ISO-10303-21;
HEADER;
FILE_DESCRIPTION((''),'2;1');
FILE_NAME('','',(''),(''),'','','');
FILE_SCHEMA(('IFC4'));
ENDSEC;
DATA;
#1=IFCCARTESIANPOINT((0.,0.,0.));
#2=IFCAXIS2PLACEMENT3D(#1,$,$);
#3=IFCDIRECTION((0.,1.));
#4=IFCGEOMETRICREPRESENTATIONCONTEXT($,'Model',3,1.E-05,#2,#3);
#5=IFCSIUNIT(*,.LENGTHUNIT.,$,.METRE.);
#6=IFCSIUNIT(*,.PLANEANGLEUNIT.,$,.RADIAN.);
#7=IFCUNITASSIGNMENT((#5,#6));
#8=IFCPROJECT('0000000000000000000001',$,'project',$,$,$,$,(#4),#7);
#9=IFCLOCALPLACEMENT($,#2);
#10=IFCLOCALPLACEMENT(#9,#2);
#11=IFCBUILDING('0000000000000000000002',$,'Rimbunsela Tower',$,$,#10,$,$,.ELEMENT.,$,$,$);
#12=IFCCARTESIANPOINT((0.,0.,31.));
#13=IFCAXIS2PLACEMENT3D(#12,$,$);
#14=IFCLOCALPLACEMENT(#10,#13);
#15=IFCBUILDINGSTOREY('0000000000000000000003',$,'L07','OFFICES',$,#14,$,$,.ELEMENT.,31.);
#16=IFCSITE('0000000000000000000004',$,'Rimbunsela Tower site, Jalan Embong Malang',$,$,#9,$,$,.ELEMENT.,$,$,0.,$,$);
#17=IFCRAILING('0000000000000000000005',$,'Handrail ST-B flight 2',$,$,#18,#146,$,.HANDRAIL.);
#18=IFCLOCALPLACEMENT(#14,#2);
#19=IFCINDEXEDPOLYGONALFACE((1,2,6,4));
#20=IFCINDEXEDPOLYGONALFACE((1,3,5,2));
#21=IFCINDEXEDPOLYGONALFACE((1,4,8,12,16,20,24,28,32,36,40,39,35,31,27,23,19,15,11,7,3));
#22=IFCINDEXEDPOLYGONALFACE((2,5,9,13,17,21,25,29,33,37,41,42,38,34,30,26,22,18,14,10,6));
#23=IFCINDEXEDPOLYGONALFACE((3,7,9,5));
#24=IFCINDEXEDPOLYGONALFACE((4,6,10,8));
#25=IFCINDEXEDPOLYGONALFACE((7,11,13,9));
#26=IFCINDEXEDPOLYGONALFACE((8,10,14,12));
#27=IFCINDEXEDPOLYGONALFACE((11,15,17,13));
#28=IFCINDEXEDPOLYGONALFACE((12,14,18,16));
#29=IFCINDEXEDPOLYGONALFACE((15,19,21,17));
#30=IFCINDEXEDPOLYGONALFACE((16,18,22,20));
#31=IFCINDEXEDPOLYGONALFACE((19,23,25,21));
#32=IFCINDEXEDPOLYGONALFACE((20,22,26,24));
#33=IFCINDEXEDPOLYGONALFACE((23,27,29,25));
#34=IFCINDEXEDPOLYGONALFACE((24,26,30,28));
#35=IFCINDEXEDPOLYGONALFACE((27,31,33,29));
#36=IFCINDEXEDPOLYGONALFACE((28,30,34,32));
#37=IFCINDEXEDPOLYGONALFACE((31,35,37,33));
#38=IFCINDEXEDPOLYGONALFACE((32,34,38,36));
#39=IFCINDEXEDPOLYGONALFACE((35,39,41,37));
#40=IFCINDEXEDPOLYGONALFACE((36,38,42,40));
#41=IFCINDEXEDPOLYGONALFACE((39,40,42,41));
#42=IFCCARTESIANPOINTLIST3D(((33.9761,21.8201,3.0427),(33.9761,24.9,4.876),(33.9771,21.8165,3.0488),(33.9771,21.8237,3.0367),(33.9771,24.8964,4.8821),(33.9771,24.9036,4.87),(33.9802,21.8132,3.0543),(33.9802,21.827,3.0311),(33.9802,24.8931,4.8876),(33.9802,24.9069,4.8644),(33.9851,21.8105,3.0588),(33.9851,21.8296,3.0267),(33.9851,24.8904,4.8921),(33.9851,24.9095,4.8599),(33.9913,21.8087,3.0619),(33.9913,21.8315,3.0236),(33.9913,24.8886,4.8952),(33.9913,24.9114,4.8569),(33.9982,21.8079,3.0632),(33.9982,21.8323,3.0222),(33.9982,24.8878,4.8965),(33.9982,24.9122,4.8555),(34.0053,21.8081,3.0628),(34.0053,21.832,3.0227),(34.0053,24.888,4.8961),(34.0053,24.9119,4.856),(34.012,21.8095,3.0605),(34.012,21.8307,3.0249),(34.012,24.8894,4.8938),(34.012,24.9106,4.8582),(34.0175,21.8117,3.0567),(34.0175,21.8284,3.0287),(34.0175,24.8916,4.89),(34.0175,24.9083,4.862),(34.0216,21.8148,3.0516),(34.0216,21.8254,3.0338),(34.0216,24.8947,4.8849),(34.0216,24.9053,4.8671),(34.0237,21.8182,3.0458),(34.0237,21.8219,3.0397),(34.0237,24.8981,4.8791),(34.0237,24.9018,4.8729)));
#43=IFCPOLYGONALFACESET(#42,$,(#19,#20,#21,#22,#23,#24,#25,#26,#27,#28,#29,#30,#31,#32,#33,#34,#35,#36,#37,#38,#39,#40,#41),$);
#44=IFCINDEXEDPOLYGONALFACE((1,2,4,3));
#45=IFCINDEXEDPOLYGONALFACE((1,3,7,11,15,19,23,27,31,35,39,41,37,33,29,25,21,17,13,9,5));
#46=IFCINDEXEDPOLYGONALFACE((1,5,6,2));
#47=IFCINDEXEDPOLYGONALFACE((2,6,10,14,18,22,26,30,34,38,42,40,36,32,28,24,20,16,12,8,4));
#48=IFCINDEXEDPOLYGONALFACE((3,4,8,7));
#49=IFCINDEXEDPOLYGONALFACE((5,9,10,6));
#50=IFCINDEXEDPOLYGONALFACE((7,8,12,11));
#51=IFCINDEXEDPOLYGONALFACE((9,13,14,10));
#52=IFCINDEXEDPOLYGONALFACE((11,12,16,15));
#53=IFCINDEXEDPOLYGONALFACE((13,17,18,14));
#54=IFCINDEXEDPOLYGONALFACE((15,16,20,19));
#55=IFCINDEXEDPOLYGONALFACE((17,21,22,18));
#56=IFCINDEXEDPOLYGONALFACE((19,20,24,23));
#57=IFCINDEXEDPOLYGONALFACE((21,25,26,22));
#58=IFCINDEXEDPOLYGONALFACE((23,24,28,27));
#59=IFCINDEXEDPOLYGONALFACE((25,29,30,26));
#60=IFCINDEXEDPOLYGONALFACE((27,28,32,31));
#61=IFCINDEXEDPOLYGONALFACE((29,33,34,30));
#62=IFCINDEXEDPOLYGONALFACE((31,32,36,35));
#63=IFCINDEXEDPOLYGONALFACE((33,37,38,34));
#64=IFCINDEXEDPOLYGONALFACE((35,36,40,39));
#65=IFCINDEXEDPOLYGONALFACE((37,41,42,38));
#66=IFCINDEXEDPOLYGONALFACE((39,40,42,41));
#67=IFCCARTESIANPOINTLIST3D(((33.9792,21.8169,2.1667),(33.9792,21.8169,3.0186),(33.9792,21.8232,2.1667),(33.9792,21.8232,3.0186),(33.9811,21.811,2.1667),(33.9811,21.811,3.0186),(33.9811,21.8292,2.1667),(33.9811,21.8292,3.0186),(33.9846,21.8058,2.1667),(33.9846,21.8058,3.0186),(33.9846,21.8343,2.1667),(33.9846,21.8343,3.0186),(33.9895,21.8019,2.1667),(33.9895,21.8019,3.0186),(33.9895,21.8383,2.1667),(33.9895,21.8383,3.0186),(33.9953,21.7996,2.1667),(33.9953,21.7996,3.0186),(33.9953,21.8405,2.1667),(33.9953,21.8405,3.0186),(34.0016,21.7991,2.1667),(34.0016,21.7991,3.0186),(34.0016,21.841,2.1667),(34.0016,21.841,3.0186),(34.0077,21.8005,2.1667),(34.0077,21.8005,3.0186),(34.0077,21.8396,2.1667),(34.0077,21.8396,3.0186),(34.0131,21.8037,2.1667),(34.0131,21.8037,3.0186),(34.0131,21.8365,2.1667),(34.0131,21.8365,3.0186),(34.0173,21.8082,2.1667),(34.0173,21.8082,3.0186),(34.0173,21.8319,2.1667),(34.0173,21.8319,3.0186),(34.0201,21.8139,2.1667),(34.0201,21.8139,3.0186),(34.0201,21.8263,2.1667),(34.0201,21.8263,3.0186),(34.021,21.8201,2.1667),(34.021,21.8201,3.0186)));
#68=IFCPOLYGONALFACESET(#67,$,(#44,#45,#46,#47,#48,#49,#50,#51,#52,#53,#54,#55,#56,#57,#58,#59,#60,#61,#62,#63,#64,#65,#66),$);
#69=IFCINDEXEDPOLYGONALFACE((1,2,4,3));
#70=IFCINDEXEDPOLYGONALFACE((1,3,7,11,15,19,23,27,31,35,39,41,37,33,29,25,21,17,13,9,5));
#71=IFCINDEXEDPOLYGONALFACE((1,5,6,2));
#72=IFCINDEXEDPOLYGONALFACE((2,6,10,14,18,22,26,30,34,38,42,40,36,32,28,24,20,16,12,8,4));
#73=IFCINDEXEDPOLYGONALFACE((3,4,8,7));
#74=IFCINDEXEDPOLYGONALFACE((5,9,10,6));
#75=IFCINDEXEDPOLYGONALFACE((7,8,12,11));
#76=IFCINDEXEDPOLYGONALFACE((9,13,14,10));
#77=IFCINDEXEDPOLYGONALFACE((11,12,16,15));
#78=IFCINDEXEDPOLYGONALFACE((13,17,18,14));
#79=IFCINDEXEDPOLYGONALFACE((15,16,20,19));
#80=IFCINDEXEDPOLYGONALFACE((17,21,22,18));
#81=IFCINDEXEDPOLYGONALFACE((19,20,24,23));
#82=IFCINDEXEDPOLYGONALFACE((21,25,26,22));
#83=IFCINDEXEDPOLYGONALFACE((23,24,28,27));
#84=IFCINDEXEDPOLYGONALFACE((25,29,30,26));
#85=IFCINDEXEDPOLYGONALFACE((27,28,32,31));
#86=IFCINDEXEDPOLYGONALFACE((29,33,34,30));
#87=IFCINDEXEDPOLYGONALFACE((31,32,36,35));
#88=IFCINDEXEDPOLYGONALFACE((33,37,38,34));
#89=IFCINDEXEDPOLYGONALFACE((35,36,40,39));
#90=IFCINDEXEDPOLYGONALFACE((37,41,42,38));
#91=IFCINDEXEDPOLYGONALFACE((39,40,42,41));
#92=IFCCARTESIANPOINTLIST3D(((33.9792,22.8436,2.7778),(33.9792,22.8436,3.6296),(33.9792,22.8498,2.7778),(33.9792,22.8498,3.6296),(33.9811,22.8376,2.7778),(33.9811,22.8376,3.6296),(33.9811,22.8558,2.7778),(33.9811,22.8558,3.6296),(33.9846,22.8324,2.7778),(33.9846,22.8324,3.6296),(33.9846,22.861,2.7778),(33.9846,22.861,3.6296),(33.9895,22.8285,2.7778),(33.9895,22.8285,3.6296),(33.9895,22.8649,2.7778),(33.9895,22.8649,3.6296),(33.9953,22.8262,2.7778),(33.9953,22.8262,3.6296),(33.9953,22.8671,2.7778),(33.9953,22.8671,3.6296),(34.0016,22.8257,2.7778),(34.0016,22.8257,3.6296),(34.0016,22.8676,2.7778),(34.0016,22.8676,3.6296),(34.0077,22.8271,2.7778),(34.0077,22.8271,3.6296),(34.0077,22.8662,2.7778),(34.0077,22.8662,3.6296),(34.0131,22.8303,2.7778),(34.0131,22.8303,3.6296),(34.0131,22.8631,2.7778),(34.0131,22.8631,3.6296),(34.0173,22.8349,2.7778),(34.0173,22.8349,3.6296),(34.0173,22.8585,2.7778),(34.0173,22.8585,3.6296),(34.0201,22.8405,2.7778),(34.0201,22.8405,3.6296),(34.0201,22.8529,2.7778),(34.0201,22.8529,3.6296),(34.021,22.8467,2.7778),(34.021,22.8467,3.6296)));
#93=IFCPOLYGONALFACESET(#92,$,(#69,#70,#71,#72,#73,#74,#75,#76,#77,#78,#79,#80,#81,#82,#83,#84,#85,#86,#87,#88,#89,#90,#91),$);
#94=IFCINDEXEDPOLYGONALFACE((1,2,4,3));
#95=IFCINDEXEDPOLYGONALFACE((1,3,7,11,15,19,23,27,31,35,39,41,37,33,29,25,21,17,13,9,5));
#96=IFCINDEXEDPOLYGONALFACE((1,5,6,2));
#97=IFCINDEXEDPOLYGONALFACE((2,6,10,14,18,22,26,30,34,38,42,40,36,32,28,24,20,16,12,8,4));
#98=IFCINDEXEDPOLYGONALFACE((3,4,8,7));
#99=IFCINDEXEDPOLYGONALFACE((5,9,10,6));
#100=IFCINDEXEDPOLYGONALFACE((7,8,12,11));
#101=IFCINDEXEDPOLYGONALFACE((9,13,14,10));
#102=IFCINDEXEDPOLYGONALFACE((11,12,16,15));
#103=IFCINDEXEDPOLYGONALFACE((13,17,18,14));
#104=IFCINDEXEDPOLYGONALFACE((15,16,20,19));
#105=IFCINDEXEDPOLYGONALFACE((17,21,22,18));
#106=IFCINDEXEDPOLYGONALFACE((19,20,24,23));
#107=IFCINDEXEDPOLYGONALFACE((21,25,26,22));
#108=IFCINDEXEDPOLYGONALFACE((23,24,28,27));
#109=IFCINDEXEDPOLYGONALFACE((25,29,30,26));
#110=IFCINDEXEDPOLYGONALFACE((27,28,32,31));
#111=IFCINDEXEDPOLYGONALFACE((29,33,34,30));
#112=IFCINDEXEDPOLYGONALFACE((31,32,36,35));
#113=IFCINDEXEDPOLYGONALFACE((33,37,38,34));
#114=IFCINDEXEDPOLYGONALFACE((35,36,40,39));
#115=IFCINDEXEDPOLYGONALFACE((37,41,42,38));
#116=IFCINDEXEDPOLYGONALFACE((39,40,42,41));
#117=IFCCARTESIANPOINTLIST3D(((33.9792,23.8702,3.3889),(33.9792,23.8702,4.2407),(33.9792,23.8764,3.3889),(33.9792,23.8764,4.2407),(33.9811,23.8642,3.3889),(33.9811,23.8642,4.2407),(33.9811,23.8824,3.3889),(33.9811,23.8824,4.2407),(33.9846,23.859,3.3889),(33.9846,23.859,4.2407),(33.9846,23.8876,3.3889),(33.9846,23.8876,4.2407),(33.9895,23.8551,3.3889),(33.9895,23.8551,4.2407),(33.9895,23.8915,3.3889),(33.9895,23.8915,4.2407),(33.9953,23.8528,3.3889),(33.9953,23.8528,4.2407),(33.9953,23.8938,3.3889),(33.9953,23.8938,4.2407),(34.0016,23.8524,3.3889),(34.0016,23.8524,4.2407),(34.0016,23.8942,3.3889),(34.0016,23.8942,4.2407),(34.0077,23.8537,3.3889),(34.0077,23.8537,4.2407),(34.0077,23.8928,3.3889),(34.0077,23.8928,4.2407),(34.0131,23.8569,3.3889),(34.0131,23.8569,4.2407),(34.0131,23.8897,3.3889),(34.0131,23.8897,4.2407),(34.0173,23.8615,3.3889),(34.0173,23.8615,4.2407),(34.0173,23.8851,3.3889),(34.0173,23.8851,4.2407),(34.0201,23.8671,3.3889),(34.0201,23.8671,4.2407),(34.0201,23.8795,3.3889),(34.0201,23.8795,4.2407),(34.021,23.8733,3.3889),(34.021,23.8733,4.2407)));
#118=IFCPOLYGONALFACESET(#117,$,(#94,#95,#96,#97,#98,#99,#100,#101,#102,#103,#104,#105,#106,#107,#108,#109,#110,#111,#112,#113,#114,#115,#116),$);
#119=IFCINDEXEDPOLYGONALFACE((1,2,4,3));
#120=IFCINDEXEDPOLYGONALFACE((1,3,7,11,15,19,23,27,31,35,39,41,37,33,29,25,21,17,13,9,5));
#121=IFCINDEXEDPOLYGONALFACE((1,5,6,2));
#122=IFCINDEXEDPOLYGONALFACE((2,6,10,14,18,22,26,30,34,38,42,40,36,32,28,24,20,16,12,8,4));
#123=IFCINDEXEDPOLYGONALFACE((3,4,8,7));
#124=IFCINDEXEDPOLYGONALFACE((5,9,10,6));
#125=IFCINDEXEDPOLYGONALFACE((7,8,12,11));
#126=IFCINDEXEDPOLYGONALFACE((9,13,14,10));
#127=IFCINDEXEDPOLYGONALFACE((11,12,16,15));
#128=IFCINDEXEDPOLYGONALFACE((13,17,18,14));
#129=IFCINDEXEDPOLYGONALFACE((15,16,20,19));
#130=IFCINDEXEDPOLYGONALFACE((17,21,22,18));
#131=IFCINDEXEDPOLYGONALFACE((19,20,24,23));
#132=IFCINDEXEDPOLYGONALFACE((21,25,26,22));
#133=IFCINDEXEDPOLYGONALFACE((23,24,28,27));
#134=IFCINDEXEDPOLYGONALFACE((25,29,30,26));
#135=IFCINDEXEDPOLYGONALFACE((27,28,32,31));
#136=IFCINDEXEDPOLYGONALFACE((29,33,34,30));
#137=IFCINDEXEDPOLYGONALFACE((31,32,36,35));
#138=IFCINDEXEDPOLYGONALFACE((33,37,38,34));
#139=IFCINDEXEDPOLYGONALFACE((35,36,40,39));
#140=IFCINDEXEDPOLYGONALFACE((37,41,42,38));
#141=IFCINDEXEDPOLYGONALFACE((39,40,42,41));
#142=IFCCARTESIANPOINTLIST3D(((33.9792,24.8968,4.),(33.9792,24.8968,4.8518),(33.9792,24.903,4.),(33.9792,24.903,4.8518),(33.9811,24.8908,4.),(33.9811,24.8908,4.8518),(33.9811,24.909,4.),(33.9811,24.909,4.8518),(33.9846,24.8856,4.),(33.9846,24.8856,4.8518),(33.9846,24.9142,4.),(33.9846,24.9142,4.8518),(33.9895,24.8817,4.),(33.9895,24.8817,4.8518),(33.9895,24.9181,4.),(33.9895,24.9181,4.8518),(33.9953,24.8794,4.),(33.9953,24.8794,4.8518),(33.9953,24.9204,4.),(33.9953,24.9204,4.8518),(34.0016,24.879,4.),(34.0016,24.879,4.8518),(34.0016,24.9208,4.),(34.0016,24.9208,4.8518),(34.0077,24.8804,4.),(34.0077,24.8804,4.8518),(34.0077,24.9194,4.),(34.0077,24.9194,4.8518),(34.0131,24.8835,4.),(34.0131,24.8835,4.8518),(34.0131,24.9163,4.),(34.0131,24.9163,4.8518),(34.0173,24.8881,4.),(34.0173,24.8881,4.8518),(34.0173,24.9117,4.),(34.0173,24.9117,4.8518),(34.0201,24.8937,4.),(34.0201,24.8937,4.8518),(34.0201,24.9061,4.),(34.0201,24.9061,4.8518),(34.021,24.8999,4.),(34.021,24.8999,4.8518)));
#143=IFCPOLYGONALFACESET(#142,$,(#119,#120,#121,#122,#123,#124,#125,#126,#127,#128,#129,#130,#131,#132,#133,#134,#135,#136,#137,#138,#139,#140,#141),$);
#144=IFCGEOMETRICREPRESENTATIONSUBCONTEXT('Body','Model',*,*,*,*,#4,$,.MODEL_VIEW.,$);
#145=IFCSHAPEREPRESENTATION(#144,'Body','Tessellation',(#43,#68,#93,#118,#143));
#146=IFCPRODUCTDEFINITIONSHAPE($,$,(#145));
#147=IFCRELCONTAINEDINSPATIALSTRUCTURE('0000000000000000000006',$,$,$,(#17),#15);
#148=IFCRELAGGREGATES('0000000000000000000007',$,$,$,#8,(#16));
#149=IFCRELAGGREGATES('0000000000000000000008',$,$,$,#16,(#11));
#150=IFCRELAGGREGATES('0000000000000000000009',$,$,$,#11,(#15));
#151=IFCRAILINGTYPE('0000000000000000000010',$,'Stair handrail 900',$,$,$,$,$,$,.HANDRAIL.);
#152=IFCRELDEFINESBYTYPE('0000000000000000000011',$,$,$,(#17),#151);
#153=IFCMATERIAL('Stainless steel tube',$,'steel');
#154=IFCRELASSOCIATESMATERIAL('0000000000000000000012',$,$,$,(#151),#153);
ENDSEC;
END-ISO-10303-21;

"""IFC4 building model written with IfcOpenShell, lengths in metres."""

from ifc_helpers import new_model, si_unit, direction, frame, origin, origin_2d, place, context, subcontext, project, spatial, circle, extrude, material, type_object, element, save


model = new_model("IFC4")

# Units and contexts
model_context = context("Model", 3, precision=1e-05, world=origin(), true_north=direction((0.0, 1.0)))
body_context = subcontext(model_context, "Body", "Model", "MODEL_VIEW")
ifc_project = project(units=[si_unit("LENGTHUNIT", "METRE"), si_unit("PLANEANGLEUNIT", "RADIAN")], contexts=[model_context])

# Site, building, storey
site_placement = place(None, origin())
site = spatial("IfcSite", under=ifc_project, at=site_placement, Name="Rimbunsela Tower site, Jalan Embong Malang", CompositionType="ELEMENT", RefElevation=0.0)
building_placement = place(site_placement, origin())
building = spatial("IfcBuilding", under=site, at=building_placement, Name="Rimbunsela Tower", CompositionType="ELEMENT")
storey_placement = place(building_placement, frame((0.0, 0.0, 31.0)))
storey = spatial("IfcBuildingStorey", under=building, at=storey_placement, Name="L07", Description="OFFICES", CompositionType="ELEMENT", Elevation=31.0)

# Railing
ifc_material_1 = material(Name="Stainless steel tube", Category="steel")
railing_type = type_object("IfcRailingType", Name="Stair handrail 900", PredefinedType="HANDRAIL", material=ifc_material_1)
railing_1_placement = place(storey_placement, frame((34.0, 21.8201, 2.1667)))
element("IfcRailing", 1, at=railing_1_placement, inside=storey, type_object=railing_type, Name="Handrail ST-B flight 2", PredefinedType="HANDRAIL", context=body_context, shape_type="SweptSolid", body=[
    extrude(circle(Radius=0.0239, at=origin_2d()), frame((0.0, 0.0, 0.876), z_axis=(0.0, 0.859291, 0.511487), x_axis=(-1.0, 0.0, 0.0)), (0.0, 0.0, 1.0), 3.5842),
    extrude(circle(Radius=0.021, at=origin_2d()), origin(), (0.0, 0.0, 1.0), 0.8518),
    extrude(circle(Radius=0.021, at=origin_2d()), frame((0.0, 1.0266, 0.6111)), (0.0, 0.0, 1.0), 0.8518),
    extrude(circle(Radius=0.021, at=origin_2d()), frame((0.0, 2.0532, 1.2222)), (0.0, 0.0, 1.0), 0.8518),
    extrude(circle(Radius=0.021, at=origin_2d()), frame((0.0, 3.0798, 1.8333)), (0.0, 0.0, 1.0), 0.8518),
])

save(model, "model.ifc")
